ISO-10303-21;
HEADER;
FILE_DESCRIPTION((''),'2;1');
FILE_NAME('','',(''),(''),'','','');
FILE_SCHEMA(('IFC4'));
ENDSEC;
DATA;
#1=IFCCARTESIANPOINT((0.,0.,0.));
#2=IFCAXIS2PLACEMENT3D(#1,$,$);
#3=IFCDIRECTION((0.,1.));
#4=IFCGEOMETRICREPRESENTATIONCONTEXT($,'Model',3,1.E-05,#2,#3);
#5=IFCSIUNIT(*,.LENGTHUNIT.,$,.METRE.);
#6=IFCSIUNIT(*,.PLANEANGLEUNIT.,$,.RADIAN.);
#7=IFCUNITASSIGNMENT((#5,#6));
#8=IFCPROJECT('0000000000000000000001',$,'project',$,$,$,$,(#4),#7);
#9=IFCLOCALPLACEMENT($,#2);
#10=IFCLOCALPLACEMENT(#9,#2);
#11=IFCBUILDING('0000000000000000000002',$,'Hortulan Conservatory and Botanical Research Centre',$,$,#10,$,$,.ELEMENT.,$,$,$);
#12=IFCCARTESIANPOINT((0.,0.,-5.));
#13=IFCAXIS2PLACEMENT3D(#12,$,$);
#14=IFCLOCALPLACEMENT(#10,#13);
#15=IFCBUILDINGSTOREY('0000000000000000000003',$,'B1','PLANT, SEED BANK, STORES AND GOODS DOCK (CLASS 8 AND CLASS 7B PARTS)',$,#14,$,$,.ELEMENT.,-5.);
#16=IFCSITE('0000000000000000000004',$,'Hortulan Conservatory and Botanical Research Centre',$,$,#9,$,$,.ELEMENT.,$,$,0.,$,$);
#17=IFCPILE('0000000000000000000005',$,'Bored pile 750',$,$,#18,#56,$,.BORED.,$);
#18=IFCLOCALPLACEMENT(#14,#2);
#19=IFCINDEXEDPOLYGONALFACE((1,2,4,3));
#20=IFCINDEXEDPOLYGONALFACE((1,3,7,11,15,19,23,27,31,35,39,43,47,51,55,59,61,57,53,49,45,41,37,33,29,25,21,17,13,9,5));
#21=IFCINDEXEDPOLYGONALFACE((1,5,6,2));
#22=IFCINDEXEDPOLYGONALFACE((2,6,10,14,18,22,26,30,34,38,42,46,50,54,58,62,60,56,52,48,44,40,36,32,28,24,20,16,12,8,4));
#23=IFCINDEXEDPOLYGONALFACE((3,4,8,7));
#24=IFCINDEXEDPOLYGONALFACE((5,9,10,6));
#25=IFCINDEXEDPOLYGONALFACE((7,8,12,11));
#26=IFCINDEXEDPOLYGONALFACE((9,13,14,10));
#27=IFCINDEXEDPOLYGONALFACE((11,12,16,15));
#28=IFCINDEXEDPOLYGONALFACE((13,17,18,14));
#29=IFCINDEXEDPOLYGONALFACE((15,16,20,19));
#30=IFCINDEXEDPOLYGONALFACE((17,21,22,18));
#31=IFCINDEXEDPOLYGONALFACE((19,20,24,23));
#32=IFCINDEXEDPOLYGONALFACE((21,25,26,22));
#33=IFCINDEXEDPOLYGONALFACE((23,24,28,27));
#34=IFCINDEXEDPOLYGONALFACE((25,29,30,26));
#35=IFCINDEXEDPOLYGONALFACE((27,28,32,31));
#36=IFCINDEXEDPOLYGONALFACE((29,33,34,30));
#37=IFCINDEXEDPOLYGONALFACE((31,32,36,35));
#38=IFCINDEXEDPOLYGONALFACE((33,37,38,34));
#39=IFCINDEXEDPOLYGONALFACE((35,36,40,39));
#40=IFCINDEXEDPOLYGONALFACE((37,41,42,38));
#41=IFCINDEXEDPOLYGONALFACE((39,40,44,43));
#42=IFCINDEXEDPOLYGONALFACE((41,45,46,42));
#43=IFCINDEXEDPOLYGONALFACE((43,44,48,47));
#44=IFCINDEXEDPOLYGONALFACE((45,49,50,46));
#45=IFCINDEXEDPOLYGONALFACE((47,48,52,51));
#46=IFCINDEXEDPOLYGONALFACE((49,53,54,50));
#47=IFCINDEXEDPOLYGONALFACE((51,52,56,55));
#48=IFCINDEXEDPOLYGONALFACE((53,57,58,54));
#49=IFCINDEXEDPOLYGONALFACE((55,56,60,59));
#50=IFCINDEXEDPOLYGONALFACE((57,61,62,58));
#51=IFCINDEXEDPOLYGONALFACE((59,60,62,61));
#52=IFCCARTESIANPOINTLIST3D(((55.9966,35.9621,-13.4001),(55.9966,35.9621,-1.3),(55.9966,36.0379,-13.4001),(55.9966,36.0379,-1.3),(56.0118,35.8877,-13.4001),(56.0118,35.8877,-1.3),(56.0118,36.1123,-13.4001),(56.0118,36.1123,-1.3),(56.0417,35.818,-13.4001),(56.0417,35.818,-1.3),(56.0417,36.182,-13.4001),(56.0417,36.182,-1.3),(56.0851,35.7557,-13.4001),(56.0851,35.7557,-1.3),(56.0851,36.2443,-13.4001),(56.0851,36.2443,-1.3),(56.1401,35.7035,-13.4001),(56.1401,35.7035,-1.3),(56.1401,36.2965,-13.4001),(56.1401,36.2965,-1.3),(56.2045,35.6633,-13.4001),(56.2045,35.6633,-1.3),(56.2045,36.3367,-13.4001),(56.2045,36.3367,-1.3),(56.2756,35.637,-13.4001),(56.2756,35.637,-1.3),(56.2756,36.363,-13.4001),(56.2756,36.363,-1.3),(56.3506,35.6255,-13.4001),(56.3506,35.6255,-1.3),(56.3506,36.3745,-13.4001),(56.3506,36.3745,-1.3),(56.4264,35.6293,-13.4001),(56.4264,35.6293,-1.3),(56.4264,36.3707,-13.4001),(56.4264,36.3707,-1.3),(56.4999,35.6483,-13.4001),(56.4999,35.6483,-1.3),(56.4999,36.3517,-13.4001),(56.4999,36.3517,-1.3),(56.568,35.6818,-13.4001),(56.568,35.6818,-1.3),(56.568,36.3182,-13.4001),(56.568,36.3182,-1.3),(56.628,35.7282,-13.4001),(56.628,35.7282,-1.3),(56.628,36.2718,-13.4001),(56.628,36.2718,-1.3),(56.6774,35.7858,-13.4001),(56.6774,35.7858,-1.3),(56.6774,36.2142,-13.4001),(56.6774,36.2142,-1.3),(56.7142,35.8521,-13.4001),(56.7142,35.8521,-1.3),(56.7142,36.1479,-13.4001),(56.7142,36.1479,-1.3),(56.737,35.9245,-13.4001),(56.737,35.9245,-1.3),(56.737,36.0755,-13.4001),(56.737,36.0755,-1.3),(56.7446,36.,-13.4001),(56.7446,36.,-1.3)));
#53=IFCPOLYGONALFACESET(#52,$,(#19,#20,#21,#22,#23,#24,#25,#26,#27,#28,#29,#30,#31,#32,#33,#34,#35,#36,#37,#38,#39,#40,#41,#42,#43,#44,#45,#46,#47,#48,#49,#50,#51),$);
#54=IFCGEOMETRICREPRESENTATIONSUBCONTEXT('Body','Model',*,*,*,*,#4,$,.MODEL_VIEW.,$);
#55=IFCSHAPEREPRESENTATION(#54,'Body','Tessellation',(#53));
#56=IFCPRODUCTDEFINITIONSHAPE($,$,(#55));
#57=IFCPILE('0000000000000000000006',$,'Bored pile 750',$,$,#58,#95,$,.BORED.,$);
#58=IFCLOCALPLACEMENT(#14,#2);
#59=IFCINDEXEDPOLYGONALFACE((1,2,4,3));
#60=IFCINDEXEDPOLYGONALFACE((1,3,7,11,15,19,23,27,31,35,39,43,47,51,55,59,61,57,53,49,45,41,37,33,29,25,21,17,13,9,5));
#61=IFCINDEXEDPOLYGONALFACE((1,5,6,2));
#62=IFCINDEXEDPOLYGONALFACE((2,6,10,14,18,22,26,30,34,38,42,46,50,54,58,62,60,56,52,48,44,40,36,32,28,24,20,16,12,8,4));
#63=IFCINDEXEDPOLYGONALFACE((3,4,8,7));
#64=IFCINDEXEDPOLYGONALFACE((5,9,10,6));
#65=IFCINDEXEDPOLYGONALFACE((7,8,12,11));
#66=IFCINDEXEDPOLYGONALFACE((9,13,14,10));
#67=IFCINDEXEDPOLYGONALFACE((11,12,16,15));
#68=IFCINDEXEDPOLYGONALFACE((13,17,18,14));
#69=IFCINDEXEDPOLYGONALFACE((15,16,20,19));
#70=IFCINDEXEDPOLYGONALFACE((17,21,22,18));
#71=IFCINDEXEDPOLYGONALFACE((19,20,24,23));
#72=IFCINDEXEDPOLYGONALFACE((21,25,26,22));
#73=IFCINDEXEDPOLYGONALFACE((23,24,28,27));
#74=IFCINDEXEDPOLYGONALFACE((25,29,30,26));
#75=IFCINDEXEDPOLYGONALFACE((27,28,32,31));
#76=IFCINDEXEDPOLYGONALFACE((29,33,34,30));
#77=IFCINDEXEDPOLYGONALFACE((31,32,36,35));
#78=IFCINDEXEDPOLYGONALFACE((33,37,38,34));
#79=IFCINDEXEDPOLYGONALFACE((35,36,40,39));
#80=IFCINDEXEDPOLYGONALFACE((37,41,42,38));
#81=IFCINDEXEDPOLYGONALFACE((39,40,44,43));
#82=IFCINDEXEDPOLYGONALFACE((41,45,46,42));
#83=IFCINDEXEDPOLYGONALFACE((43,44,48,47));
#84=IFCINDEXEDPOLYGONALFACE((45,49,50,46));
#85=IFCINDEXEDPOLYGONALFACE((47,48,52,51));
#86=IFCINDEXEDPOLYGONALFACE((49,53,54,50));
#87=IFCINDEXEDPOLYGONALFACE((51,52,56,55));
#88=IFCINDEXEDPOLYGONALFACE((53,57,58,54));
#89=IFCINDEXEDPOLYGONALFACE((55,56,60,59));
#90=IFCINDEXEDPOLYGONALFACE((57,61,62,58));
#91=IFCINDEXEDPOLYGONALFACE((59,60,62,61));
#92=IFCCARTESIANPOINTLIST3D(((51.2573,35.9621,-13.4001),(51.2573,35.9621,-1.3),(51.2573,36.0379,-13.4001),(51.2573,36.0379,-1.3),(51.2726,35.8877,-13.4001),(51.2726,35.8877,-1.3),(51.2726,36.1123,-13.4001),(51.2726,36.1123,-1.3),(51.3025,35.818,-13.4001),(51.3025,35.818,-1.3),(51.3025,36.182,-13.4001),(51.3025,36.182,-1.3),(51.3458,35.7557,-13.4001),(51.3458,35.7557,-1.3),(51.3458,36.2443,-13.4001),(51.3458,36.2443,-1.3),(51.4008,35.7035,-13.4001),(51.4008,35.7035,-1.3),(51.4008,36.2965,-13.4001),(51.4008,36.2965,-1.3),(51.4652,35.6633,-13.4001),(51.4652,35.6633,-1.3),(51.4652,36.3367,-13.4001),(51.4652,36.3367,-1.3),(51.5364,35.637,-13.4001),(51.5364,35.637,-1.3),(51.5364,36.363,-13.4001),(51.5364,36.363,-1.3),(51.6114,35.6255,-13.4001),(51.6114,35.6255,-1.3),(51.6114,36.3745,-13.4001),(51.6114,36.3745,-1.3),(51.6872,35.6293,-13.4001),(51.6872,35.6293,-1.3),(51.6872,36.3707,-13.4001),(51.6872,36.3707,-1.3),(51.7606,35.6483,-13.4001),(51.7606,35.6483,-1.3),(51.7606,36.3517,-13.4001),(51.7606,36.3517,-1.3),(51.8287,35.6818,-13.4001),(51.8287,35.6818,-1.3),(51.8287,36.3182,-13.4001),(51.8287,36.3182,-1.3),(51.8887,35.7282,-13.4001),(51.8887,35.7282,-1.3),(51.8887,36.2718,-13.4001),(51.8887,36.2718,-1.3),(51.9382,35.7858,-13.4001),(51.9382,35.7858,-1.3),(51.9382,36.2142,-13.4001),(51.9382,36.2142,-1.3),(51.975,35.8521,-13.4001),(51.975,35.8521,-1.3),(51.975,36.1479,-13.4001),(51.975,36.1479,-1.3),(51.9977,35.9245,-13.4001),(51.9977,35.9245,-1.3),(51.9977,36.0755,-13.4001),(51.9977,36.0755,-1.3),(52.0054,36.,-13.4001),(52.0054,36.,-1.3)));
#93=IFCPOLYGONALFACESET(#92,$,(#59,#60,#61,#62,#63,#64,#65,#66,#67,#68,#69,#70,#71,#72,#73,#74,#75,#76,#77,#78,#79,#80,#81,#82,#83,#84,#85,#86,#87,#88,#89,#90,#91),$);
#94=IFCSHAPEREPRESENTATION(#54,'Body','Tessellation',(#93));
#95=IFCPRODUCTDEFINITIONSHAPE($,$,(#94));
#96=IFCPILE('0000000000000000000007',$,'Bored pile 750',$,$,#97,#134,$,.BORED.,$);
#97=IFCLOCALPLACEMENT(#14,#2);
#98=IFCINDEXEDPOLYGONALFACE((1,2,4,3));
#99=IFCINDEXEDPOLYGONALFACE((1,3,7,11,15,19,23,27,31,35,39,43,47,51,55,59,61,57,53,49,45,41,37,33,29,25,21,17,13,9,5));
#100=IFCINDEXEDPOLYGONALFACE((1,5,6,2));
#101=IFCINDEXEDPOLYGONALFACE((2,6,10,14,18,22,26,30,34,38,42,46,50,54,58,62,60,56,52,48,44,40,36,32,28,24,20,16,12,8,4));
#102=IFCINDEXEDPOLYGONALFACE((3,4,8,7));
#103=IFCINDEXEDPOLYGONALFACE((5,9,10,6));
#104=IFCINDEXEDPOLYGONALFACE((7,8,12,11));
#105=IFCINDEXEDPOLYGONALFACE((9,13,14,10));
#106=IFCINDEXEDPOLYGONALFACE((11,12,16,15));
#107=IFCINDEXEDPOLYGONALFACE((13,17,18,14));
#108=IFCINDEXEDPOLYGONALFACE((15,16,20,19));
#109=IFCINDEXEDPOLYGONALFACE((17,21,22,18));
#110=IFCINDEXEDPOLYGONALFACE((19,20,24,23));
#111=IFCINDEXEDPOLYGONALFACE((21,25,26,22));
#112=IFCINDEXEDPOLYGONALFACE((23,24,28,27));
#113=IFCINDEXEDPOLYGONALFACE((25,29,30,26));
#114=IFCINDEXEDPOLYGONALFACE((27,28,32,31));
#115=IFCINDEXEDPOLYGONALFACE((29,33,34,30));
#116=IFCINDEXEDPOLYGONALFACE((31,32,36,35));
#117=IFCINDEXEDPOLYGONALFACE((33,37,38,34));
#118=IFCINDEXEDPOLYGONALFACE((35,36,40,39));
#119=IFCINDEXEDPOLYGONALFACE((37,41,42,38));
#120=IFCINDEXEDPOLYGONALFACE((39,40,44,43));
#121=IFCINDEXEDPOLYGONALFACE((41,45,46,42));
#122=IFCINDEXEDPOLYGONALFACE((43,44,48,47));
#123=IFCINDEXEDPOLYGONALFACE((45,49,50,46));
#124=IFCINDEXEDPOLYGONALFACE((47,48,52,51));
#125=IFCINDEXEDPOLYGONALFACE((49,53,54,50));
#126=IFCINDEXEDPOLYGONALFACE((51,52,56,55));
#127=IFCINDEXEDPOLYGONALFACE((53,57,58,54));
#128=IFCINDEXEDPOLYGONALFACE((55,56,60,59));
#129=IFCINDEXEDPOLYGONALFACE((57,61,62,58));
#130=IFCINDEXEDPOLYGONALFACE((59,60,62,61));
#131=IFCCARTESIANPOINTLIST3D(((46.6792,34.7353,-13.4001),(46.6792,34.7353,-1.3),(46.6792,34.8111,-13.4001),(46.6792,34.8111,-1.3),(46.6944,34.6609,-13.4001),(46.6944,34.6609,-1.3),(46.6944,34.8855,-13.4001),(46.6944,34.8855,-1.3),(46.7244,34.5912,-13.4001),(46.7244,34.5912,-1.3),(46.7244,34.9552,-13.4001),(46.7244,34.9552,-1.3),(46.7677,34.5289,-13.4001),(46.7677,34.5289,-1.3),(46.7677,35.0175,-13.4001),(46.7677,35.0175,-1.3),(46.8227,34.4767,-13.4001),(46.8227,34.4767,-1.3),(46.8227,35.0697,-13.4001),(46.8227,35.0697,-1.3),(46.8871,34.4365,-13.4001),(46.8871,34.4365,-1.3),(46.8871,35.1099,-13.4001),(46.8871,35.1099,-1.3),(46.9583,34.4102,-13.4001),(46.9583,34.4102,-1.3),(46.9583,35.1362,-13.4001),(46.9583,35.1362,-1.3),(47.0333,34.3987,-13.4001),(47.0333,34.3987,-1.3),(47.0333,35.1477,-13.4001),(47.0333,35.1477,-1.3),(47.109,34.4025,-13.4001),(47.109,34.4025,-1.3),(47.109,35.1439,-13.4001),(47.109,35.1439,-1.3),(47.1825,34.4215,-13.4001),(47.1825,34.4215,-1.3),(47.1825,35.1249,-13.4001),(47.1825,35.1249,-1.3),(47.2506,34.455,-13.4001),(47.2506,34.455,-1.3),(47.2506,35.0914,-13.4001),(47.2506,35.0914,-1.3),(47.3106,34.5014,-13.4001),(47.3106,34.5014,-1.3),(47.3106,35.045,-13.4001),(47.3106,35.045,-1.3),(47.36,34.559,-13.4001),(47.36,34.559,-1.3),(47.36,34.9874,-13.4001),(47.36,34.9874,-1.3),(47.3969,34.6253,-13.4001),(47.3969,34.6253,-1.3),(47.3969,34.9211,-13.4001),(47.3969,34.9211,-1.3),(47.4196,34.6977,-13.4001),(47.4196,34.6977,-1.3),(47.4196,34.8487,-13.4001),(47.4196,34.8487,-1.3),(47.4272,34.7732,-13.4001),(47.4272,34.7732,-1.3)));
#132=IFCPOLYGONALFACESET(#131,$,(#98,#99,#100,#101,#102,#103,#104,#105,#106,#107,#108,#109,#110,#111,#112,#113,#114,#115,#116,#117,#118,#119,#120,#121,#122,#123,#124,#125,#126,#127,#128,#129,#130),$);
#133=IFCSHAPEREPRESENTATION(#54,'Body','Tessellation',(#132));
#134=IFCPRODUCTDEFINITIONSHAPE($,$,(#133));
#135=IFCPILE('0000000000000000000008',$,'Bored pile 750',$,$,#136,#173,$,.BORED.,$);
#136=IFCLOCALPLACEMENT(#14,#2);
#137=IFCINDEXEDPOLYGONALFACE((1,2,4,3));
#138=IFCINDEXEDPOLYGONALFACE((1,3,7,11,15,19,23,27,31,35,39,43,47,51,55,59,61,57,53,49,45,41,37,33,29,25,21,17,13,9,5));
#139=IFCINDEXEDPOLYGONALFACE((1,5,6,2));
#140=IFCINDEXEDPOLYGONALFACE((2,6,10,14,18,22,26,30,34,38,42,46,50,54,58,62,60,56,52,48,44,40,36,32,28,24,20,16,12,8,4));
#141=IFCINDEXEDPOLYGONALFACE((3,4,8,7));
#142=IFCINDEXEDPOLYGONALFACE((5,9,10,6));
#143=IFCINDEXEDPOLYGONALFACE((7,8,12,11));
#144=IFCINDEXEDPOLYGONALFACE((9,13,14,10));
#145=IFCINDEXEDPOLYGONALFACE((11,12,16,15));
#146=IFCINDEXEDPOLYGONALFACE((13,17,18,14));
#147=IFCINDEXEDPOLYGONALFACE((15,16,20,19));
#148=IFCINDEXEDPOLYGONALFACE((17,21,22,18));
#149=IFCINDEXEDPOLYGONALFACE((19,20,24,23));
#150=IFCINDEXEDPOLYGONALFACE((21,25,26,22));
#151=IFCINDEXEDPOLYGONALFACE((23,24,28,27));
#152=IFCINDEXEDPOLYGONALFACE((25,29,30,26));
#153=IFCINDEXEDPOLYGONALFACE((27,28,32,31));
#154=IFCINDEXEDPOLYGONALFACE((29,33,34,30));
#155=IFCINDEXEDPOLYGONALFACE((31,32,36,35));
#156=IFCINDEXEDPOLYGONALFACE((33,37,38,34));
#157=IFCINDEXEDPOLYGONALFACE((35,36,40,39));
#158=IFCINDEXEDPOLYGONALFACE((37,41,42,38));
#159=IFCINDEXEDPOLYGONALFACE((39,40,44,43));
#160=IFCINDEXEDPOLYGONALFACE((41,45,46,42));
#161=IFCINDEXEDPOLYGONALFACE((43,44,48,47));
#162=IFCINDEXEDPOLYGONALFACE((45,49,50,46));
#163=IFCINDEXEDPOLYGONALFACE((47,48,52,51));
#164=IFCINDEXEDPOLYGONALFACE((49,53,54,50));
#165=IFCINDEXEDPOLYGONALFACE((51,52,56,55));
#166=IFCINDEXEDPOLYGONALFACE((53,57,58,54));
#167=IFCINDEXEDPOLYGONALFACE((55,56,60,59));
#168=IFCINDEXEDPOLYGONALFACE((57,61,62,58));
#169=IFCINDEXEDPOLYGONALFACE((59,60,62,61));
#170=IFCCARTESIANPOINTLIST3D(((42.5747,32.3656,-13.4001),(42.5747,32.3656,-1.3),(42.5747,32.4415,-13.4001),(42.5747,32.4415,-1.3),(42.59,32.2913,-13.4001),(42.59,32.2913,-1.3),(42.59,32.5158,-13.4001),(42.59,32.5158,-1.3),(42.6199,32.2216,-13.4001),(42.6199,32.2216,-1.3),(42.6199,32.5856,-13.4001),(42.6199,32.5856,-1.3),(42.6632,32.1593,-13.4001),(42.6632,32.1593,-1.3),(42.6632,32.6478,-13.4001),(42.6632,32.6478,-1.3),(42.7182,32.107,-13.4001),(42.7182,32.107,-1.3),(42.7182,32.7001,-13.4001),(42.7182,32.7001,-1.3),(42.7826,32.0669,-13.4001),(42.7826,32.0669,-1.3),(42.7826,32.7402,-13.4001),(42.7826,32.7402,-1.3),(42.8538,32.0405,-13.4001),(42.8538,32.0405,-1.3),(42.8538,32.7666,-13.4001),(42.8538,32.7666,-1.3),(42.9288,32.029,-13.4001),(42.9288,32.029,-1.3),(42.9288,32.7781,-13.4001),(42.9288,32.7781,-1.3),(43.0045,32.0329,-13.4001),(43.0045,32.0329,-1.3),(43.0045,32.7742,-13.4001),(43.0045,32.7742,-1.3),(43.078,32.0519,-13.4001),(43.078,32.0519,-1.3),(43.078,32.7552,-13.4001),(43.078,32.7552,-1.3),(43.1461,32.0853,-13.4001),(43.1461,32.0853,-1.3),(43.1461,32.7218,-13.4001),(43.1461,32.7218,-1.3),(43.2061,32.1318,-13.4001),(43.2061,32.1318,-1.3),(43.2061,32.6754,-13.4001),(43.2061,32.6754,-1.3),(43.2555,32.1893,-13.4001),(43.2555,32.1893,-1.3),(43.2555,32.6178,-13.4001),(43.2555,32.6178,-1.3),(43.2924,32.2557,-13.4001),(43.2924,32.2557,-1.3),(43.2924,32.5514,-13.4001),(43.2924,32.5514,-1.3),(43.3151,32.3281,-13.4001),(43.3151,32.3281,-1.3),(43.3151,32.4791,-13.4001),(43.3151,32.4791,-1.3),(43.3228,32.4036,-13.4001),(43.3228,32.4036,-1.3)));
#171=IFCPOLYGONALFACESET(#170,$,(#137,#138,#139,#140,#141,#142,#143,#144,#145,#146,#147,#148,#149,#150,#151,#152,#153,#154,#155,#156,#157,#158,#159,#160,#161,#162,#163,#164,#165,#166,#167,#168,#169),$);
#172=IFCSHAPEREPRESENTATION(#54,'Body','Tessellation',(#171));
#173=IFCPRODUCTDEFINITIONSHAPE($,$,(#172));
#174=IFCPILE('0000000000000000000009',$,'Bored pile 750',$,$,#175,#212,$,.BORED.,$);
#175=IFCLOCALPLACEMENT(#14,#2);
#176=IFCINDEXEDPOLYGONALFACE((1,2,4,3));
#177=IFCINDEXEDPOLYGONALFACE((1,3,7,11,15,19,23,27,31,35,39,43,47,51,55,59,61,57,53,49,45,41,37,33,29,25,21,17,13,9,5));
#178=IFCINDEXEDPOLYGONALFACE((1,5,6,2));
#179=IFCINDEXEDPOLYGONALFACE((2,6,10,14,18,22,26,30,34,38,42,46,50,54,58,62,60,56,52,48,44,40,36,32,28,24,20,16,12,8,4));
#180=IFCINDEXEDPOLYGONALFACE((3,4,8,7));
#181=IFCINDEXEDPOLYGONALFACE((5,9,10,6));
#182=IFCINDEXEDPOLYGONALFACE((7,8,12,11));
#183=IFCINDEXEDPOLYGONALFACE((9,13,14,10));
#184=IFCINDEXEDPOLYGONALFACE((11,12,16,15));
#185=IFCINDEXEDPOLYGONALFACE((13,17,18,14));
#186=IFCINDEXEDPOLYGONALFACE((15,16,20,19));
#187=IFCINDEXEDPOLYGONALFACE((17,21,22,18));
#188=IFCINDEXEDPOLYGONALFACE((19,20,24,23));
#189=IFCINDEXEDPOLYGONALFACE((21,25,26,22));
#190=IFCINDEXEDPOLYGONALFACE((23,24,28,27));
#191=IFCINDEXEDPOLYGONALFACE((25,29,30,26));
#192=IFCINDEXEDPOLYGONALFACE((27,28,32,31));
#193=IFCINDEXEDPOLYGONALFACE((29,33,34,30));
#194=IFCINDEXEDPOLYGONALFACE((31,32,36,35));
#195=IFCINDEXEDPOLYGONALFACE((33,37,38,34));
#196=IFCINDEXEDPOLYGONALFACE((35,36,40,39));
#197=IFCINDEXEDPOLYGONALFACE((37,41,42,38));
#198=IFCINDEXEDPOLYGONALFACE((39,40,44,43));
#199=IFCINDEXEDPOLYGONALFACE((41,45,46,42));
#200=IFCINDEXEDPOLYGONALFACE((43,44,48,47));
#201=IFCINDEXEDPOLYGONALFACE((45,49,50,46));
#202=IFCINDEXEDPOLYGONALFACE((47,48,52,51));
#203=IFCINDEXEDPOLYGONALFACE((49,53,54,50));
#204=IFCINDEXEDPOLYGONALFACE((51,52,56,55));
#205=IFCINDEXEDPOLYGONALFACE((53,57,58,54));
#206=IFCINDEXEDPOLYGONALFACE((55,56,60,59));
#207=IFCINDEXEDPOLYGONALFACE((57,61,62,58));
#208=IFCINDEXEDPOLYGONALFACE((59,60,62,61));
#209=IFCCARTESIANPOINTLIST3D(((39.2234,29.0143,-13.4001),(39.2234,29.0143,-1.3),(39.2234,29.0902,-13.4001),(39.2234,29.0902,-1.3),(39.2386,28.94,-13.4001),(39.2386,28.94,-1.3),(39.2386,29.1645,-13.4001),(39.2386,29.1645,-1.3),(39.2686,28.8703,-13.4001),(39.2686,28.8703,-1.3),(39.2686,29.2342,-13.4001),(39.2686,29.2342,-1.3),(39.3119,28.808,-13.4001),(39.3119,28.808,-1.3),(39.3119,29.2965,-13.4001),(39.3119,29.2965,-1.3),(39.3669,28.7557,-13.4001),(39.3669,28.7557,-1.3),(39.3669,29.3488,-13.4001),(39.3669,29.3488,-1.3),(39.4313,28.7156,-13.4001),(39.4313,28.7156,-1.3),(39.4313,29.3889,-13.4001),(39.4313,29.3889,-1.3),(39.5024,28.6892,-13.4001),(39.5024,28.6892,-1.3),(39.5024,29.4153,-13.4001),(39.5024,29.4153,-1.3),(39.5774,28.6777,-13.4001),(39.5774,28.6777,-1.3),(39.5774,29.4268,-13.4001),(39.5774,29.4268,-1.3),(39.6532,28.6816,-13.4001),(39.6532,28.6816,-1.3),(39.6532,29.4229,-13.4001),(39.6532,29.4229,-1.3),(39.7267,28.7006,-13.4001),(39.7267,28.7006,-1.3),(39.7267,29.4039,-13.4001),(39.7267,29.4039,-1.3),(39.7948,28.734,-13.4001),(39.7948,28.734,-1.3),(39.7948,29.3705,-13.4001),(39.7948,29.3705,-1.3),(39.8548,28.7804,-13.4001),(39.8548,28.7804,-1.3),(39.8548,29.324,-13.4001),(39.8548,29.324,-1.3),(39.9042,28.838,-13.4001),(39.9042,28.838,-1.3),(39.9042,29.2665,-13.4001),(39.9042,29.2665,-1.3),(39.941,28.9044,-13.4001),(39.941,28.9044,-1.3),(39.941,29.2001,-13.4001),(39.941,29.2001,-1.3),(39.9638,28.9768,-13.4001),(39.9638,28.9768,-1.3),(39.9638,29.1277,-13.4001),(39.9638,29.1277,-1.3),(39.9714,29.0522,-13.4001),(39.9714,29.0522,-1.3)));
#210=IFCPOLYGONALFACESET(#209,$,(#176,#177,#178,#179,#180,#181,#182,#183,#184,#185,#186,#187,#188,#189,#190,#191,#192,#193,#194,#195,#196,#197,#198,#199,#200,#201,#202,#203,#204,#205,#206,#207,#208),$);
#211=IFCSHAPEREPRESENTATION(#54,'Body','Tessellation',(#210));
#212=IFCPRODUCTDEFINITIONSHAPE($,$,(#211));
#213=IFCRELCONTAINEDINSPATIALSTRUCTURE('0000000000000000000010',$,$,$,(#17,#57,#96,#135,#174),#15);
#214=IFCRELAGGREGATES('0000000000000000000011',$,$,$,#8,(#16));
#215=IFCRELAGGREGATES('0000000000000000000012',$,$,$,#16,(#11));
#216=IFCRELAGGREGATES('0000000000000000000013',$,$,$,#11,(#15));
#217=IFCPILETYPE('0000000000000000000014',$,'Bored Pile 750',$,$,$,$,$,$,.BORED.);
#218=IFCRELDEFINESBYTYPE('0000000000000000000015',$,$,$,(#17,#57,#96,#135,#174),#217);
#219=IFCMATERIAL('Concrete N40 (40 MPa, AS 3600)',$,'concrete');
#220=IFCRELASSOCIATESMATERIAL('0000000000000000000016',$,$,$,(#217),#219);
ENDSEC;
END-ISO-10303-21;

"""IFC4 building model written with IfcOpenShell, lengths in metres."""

from ifc_helpers import new_model, si_unit, direction, frame, origin, origin_2d, place, context, subcontext, project, spatial, circle, extrude, material, material_profile, profile_set, type_object, element, save


model = new_model("IFC4")

# Units and contexts
model_context = context("Model", 3, precision=1e-05, world=origin(), true_north=direction((0.0, 1.0)))
body_context = subcontext(model_context, "Body", "Model", "MODEL_VIEW")
ifc_project = project(units=[si_unit("LENGTHUNIT", "METRE"), si_unit("PLANEANGLEUNIT", "RADIAN")], contexts=[model_context])

# Site, building, storey
site_placement = place(None, origin())
site = spatial("IfcSite", under=ifc_project, at=site_placement, Name="Hortulan Conservatory and Botanical Research Centre", CompositionType="ELEMENT", RefElevation=0.0)
building_placement = place(site_placement, origin())
building = spatial("IfcBuilding", under=site, at=building_placement, Name="Hortulan Conservatory and Botanical Research Centre", CompositionType="ELEMENT")
storey_placement = place(building_placement, frame((0.0, 0.0, -5.0)))
storey = spatial("IfcBuildingStorey", under=building, at=storey_placement, Name="B1", Description="PLANT, SEED BANK, STORES AND GOODS DOCK (CLASS 8 AND CLASS 7B PARTS)", CompositionType="ELEMENT", Elevation=-5.0)

# Piles
ifc_material_1 = material(Name="Concrete N40 (40 MPa, AS 3600)", Category="concrete")
ifc_material_profile_1 = material_profile(ifc_material_1, circle(Radius=0.375, at=origin_2d()), Name="Bored pile 750 diameter")
ifc_profile_set_1 = profile_set([ifc_material_profile_1], Name="Concrete N40 (40 MPa, AS 3600)")
pile_type = type_object("IfcPileType", Name="Bored Pile 750", PredefinedType="BORED", material=ifc_profile_set_1)
for number, where, z_axis, x_axis, name in (
    (1, (56.3696, 36.0, -1.3), (0.0, 0.0, -1.0), (1.0, 0.0, 0.0), "Bored pile 750"),
    (2, (51.6304, 36.0, -1.3), (0.0, 0.0, -1.0), (1.0, 0.0, 0.0), "Bored pile 750"),
    (3, (47.0522, 34.7732, -1.3), (0.0, 0.0, -1.0), (1.0, 0.0, 0.0), "Bored pile 750"),
    (4, (42.9478, 32.4036, -1.3), (0.0, 0.0, -1.0), (1.0, 0.0, 0.0), "Bored pile 750"),
    (5, (39.5964, 29.0522, -1.3), (0.0, 0.0, -1.0), (1.0, 0.0, 0.0), "Bored pile 750"),
):
    element("IfcPile", number, at=place(storey_placement, frame(where, z_axis=z_axis, x_axis=x_axis)), inside=storey, type_object=pile_type, Name=name, PredefinedType="BORED", context=body_context, shape_type="SweptSolid", body=[
        extrude(circle(Radius=0.375, at=origin_2d()), origin(), (0.0, 0.0, 1.0), 12.1001),
    ])

save(model, "model.ifc")
